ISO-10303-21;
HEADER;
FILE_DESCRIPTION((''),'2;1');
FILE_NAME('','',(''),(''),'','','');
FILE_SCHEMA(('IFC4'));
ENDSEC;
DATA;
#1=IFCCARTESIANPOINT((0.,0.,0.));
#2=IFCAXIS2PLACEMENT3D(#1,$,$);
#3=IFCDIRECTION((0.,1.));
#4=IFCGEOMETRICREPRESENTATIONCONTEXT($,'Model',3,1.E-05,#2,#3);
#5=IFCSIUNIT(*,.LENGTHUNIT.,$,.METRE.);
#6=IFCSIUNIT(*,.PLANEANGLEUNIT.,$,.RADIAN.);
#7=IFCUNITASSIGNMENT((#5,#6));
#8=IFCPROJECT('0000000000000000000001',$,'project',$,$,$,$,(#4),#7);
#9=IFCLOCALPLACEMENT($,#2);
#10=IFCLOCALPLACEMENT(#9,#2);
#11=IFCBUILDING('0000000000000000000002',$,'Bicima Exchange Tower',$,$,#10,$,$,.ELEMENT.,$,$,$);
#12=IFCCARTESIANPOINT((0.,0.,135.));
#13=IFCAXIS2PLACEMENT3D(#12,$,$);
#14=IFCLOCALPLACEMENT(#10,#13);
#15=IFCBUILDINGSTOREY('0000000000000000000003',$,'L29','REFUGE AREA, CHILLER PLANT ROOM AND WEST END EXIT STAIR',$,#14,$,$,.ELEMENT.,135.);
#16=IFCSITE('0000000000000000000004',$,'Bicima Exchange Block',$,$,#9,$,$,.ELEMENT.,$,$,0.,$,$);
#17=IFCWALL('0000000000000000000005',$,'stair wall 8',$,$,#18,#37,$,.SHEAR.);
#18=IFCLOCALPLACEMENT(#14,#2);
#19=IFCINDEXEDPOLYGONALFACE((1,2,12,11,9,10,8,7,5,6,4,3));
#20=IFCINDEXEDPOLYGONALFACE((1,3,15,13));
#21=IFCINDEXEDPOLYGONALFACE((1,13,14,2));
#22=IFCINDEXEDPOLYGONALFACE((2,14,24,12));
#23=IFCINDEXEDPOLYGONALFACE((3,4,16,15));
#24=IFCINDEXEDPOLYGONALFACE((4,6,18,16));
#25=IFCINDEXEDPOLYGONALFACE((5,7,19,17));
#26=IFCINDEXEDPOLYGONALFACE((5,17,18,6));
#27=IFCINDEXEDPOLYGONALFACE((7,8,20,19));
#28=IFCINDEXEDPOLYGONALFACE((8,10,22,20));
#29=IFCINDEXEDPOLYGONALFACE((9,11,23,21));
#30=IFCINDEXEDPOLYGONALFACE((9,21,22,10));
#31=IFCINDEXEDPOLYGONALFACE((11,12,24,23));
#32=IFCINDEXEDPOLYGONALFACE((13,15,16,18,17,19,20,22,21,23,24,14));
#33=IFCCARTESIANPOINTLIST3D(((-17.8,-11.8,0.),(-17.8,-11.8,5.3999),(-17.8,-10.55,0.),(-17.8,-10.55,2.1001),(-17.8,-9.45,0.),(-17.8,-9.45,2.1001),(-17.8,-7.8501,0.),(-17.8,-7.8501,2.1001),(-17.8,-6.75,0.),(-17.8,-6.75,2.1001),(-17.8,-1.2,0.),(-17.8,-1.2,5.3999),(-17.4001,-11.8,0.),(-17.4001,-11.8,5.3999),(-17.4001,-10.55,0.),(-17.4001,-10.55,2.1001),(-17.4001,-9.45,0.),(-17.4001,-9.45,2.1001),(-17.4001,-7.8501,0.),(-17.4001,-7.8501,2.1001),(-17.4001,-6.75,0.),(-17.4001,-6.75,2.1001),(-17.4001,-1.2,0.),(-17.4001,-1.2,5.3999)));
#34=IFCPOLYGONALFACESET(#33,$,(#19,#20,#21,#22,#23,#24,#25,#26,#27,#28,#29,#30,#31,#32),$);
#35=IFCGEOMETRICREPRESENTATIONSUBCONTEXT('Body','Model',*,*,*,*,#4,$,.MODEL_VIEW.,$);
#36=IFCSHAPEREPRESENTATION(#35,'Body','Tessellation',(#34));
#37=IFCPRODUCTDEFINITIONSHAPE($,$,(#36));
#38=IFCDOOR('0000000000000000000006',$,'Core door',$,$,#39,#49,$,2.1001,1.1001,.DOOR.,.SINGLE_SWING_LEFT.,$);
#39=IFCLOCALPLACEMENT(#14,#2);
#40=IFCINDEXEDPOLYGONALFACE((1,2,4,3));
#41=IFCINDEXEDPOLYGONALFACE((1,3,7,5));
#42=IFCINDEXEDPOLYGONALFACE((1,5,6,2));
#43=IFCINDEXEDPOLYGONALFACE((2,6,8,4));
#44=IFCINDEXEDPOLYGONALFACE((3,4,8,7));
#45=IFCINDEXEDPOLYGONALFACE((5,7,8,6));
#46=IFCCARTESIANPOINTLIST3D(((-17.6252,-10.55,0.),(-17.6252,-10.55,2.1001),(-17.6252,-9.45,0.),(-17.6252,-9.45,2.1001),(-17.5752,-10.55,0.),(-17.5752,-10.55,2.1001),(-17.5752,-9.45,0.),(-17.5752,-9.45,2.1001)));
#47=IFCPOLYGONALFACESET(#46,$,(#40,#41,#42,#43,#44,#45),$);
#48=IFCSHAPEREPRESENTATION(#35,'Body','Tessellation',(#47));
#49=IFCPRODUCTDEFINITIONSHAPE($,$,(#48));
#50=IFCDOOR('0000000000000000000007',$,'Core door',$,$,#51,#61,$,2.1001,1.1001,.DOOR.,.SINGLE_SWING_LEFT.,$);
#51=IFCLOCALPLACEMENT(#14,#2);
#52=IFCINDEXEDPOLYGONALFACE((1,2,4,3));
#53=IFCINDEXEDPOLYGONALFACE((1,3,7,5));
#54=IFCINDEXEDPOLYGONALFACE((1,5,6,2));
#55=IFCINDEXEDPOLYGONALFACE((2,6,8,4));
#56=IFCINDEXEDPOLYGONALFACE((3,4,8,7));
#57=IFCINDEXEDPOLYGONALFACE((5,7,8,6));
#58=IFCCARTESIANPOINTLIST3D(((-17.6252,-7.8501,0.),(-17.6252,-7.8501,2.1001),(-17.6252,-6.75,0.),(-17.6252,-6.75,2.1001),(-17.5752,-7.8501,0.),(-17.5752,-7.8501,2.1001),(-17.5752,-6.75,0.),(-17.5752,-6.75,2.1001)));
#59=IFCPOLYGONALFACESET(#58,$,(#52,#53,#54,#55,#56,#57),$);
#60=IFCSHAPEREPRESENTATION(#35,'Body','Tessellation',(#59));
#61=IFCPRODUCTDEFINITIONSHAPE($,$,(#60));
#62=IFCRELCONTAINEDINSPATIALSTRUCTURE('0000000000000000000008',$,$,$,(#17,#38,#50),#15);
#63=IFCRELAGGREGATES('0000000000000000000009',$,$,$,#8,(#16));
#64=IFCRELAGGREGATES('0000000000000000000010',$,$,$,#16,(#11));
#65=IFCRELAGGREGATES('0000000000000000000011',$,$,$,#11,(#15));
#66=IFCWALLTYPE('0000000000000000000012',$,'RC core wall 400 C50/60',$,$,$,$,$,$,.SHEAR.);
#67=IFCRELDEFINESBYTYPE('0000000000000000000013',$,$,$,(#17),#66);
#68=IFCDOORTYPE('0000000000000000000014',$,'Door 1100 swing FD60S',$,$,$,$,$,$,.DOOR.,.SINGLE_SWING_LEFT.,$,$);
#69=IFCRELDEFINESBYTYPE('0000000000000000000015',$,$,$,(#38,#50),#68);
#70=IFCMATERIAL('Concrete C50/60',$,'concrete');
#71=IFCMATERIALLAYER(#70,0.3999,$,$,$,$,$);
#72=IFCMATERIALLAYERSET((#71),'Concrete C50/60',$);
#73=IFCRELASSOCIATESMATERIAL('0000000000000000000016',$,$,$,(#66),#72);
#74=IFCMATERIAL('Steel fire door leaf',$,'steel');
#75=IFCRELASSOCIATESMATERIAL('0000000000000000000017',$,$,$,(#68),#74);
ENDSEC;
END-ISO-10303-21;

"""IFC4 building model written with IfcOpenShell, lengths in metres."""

from ifc_helpers import new_model, si_unit, direction, frame, frame_2d, origin, place, context, subcontext, project, spatial, rectangle, extrude, material, layer, layer_set, type_object, element, fill, save


model = new_model("IFC4")

# Units and contexts
model_context = context("Model", 3, precision=1e-05, world=origin(), true_north=direction((0.0, 1.0)))
body_context = subcontext(model_context, "Body", "Model", "MODEL_VIEW")
ifc_project = project(units=[si_unit("LENGTHUNIT", "METRE"), si_unit("PLANEANGLEUNIT", "RADIAN")], contexts=[model_context])

# Site, building, storey
site_placement = place(None, origin())
site = spatial("IfcSite", under=ifc_project, at=site_placement, Name="Bicima Exchange Block", CompositionType="ELEMENT", RefElevation=0.0)
building_placement = place(site_placement, origin())
building = spatial("IfcBuilding", under=site, at=building_placement, Name="Bicima Exchange Tower", CompositionType="ELEMENT")
storey_placement = place(building_placement, frame((0.0, 0.0, 135.0)))
storey = spatial("IfcBuildingStorey", under=building, at=storey_placement, Name="L29", Description="REFUGE AREA, CHILLER PLANT ROOM AND WEST END EXIT STAIR", CompositionType="ELEMENT", Elevation=135.0)

# Shared definitions
ifc_material_1 = material(Name="Steel fire door leaf", Category="steel")

# Wall, openings, doors
ifc_material_2 = material(Name="Concrete C50/60", Category="concrete")
ifc_layer_1 = layer(ifc_material_2, 0.3999)
ifc_layer_set_1 = layer_set([ifc_layer_1], Name="Concrete C50/60")
wall_type_1 = type_object("IfcWallType", Name="RC core wall 400 C50/60", PredefinedType="SHEAR", material=ifc_layer_set_1)
wall_1_placement = place(storey_placement, frame((-17.6001, -11.8, 0.0), z_axis=(0.0, 0.0, 1.0), x_axis=(0.0, 1.0, 0.0)))
wall_1 = element("IfcWall", 1, at=wall_1_placement, inside=storey, type_object=wall_type_1, Name="stair wall 8", PredefinedType="SHEAR", context=body_context, shape_type="SweptSolid", body=[
    extrude(rectangle(XDim=10.6001, YDim=0.3999, at=frame_2d((5.3, 0.0))), origin(), (0.0, 0.0, 1.0), 5.3999),
])
opening_1_placement = place(wall_1_placement, frame((1.25, 0.0, 0.0)))
opening_1 = element("IfcOpeningElement", 2, at=opening_1_placement, cuts=wall_1, PredefinedType="OPENING", context=body_context, shape_type="SweptSolid", body=[
    extrude(rectangle(XDim=1.1001, YDim=2.1001, at=frame_2d((0.55, 1.05))), frame((0.0, 0.2119, 0.0), z_axis=(0.0, -1.0, 0.0), x_axis=(1.0, 0.0, 0.0)), (0.0, 0.0, 1.0), 0.4238),
])
opening_2_placement = place(wall_1_placement, frame((3.95, 0.0, 0.0)))
opening_2 = element("IfcOpeningElement", 3, at=opening_2_placement, cuts=wall_1, PredefinedType="OPENING", context=body_context, shape_type="SweptSolid", body=[
    extrude(rectangle(XDim=1.1001, YDim=2.1001, at=frame_2d((0.55, 1.05))), frame((0.0, 0.2119, 0.0), z_axis=(0.0, -1.0, 0.0), x_axis=(1.0, 0.0, 0.0)), (0.0, 0.0, 1.0), 0.4238),
])
door_type_1 = type_object("IfcDoorType", Name="Door 1100 swing FD60S", OperationType="SINGLE_SWING_LEFT", PredefinedType="DOOR", material=ifc_material_1)
door_1_placement = place(opening_1_placement, frame((1.1001, 0.0, 0.0), z_axis=(0.0, 0.0, 1.0), x_axis=(-1.0, 0.0, 0.0)))
door_1 = element("IfcDoor", 4, at=door_1_placement, inside=storey, type_object=door_type_1, Name="Core door", OperationType="SINGLE_SWING_LEFT", OverallHeight=2.1001, OverallWidth=1.1001, PredefinedType="DOOR", context=body_context, shape_type="SweptSolid", body=[
    extrude(rectangle(XDim=1.1001, YDim=2.1001, at=frame_2d((0.55, 1.05))), frame((0.0, 0.0249, 0.0), z_axis=(0.0, -1.0, 0.0), x_axis=(1.0, 0.0, 0.0)), (0.0, 0.0, 1.0), 0.05),
])
fill(opening_1, door_1)
door_2_placement = place(opening_2_placement, frame((1.1001, 0.0, 0.0), z_axis=(0.0, 0.0, 1.0), x_axis=(-1.0, 0.0, 0.0)))
door_2 = element("IfcDoor", 5, at=door_2_placement, inside=storey, type_object=door_type_1, Name="Core door", OperationType="SINGLE_SWING_LEFT", OverallHeight=2.1001, OverallWidth=1.1001, PredefinedType="DOOR", context=body_context, shape_type="SweptSolid", body=[
    extrude(rectangle(XDim=1.1001, YDim=2.1001, at=frame_2d((0.55, 1.05))), frame((0.0, 0.0249, 0.0), z_axis=(0.0, -1.0, 0.0), x_axis=(1.0, 0.0, 0.0)), (0.0, 0.0, 1.0), 0.05),
])
fill(opening_2, door_2)

save(model, "model.ifc")
